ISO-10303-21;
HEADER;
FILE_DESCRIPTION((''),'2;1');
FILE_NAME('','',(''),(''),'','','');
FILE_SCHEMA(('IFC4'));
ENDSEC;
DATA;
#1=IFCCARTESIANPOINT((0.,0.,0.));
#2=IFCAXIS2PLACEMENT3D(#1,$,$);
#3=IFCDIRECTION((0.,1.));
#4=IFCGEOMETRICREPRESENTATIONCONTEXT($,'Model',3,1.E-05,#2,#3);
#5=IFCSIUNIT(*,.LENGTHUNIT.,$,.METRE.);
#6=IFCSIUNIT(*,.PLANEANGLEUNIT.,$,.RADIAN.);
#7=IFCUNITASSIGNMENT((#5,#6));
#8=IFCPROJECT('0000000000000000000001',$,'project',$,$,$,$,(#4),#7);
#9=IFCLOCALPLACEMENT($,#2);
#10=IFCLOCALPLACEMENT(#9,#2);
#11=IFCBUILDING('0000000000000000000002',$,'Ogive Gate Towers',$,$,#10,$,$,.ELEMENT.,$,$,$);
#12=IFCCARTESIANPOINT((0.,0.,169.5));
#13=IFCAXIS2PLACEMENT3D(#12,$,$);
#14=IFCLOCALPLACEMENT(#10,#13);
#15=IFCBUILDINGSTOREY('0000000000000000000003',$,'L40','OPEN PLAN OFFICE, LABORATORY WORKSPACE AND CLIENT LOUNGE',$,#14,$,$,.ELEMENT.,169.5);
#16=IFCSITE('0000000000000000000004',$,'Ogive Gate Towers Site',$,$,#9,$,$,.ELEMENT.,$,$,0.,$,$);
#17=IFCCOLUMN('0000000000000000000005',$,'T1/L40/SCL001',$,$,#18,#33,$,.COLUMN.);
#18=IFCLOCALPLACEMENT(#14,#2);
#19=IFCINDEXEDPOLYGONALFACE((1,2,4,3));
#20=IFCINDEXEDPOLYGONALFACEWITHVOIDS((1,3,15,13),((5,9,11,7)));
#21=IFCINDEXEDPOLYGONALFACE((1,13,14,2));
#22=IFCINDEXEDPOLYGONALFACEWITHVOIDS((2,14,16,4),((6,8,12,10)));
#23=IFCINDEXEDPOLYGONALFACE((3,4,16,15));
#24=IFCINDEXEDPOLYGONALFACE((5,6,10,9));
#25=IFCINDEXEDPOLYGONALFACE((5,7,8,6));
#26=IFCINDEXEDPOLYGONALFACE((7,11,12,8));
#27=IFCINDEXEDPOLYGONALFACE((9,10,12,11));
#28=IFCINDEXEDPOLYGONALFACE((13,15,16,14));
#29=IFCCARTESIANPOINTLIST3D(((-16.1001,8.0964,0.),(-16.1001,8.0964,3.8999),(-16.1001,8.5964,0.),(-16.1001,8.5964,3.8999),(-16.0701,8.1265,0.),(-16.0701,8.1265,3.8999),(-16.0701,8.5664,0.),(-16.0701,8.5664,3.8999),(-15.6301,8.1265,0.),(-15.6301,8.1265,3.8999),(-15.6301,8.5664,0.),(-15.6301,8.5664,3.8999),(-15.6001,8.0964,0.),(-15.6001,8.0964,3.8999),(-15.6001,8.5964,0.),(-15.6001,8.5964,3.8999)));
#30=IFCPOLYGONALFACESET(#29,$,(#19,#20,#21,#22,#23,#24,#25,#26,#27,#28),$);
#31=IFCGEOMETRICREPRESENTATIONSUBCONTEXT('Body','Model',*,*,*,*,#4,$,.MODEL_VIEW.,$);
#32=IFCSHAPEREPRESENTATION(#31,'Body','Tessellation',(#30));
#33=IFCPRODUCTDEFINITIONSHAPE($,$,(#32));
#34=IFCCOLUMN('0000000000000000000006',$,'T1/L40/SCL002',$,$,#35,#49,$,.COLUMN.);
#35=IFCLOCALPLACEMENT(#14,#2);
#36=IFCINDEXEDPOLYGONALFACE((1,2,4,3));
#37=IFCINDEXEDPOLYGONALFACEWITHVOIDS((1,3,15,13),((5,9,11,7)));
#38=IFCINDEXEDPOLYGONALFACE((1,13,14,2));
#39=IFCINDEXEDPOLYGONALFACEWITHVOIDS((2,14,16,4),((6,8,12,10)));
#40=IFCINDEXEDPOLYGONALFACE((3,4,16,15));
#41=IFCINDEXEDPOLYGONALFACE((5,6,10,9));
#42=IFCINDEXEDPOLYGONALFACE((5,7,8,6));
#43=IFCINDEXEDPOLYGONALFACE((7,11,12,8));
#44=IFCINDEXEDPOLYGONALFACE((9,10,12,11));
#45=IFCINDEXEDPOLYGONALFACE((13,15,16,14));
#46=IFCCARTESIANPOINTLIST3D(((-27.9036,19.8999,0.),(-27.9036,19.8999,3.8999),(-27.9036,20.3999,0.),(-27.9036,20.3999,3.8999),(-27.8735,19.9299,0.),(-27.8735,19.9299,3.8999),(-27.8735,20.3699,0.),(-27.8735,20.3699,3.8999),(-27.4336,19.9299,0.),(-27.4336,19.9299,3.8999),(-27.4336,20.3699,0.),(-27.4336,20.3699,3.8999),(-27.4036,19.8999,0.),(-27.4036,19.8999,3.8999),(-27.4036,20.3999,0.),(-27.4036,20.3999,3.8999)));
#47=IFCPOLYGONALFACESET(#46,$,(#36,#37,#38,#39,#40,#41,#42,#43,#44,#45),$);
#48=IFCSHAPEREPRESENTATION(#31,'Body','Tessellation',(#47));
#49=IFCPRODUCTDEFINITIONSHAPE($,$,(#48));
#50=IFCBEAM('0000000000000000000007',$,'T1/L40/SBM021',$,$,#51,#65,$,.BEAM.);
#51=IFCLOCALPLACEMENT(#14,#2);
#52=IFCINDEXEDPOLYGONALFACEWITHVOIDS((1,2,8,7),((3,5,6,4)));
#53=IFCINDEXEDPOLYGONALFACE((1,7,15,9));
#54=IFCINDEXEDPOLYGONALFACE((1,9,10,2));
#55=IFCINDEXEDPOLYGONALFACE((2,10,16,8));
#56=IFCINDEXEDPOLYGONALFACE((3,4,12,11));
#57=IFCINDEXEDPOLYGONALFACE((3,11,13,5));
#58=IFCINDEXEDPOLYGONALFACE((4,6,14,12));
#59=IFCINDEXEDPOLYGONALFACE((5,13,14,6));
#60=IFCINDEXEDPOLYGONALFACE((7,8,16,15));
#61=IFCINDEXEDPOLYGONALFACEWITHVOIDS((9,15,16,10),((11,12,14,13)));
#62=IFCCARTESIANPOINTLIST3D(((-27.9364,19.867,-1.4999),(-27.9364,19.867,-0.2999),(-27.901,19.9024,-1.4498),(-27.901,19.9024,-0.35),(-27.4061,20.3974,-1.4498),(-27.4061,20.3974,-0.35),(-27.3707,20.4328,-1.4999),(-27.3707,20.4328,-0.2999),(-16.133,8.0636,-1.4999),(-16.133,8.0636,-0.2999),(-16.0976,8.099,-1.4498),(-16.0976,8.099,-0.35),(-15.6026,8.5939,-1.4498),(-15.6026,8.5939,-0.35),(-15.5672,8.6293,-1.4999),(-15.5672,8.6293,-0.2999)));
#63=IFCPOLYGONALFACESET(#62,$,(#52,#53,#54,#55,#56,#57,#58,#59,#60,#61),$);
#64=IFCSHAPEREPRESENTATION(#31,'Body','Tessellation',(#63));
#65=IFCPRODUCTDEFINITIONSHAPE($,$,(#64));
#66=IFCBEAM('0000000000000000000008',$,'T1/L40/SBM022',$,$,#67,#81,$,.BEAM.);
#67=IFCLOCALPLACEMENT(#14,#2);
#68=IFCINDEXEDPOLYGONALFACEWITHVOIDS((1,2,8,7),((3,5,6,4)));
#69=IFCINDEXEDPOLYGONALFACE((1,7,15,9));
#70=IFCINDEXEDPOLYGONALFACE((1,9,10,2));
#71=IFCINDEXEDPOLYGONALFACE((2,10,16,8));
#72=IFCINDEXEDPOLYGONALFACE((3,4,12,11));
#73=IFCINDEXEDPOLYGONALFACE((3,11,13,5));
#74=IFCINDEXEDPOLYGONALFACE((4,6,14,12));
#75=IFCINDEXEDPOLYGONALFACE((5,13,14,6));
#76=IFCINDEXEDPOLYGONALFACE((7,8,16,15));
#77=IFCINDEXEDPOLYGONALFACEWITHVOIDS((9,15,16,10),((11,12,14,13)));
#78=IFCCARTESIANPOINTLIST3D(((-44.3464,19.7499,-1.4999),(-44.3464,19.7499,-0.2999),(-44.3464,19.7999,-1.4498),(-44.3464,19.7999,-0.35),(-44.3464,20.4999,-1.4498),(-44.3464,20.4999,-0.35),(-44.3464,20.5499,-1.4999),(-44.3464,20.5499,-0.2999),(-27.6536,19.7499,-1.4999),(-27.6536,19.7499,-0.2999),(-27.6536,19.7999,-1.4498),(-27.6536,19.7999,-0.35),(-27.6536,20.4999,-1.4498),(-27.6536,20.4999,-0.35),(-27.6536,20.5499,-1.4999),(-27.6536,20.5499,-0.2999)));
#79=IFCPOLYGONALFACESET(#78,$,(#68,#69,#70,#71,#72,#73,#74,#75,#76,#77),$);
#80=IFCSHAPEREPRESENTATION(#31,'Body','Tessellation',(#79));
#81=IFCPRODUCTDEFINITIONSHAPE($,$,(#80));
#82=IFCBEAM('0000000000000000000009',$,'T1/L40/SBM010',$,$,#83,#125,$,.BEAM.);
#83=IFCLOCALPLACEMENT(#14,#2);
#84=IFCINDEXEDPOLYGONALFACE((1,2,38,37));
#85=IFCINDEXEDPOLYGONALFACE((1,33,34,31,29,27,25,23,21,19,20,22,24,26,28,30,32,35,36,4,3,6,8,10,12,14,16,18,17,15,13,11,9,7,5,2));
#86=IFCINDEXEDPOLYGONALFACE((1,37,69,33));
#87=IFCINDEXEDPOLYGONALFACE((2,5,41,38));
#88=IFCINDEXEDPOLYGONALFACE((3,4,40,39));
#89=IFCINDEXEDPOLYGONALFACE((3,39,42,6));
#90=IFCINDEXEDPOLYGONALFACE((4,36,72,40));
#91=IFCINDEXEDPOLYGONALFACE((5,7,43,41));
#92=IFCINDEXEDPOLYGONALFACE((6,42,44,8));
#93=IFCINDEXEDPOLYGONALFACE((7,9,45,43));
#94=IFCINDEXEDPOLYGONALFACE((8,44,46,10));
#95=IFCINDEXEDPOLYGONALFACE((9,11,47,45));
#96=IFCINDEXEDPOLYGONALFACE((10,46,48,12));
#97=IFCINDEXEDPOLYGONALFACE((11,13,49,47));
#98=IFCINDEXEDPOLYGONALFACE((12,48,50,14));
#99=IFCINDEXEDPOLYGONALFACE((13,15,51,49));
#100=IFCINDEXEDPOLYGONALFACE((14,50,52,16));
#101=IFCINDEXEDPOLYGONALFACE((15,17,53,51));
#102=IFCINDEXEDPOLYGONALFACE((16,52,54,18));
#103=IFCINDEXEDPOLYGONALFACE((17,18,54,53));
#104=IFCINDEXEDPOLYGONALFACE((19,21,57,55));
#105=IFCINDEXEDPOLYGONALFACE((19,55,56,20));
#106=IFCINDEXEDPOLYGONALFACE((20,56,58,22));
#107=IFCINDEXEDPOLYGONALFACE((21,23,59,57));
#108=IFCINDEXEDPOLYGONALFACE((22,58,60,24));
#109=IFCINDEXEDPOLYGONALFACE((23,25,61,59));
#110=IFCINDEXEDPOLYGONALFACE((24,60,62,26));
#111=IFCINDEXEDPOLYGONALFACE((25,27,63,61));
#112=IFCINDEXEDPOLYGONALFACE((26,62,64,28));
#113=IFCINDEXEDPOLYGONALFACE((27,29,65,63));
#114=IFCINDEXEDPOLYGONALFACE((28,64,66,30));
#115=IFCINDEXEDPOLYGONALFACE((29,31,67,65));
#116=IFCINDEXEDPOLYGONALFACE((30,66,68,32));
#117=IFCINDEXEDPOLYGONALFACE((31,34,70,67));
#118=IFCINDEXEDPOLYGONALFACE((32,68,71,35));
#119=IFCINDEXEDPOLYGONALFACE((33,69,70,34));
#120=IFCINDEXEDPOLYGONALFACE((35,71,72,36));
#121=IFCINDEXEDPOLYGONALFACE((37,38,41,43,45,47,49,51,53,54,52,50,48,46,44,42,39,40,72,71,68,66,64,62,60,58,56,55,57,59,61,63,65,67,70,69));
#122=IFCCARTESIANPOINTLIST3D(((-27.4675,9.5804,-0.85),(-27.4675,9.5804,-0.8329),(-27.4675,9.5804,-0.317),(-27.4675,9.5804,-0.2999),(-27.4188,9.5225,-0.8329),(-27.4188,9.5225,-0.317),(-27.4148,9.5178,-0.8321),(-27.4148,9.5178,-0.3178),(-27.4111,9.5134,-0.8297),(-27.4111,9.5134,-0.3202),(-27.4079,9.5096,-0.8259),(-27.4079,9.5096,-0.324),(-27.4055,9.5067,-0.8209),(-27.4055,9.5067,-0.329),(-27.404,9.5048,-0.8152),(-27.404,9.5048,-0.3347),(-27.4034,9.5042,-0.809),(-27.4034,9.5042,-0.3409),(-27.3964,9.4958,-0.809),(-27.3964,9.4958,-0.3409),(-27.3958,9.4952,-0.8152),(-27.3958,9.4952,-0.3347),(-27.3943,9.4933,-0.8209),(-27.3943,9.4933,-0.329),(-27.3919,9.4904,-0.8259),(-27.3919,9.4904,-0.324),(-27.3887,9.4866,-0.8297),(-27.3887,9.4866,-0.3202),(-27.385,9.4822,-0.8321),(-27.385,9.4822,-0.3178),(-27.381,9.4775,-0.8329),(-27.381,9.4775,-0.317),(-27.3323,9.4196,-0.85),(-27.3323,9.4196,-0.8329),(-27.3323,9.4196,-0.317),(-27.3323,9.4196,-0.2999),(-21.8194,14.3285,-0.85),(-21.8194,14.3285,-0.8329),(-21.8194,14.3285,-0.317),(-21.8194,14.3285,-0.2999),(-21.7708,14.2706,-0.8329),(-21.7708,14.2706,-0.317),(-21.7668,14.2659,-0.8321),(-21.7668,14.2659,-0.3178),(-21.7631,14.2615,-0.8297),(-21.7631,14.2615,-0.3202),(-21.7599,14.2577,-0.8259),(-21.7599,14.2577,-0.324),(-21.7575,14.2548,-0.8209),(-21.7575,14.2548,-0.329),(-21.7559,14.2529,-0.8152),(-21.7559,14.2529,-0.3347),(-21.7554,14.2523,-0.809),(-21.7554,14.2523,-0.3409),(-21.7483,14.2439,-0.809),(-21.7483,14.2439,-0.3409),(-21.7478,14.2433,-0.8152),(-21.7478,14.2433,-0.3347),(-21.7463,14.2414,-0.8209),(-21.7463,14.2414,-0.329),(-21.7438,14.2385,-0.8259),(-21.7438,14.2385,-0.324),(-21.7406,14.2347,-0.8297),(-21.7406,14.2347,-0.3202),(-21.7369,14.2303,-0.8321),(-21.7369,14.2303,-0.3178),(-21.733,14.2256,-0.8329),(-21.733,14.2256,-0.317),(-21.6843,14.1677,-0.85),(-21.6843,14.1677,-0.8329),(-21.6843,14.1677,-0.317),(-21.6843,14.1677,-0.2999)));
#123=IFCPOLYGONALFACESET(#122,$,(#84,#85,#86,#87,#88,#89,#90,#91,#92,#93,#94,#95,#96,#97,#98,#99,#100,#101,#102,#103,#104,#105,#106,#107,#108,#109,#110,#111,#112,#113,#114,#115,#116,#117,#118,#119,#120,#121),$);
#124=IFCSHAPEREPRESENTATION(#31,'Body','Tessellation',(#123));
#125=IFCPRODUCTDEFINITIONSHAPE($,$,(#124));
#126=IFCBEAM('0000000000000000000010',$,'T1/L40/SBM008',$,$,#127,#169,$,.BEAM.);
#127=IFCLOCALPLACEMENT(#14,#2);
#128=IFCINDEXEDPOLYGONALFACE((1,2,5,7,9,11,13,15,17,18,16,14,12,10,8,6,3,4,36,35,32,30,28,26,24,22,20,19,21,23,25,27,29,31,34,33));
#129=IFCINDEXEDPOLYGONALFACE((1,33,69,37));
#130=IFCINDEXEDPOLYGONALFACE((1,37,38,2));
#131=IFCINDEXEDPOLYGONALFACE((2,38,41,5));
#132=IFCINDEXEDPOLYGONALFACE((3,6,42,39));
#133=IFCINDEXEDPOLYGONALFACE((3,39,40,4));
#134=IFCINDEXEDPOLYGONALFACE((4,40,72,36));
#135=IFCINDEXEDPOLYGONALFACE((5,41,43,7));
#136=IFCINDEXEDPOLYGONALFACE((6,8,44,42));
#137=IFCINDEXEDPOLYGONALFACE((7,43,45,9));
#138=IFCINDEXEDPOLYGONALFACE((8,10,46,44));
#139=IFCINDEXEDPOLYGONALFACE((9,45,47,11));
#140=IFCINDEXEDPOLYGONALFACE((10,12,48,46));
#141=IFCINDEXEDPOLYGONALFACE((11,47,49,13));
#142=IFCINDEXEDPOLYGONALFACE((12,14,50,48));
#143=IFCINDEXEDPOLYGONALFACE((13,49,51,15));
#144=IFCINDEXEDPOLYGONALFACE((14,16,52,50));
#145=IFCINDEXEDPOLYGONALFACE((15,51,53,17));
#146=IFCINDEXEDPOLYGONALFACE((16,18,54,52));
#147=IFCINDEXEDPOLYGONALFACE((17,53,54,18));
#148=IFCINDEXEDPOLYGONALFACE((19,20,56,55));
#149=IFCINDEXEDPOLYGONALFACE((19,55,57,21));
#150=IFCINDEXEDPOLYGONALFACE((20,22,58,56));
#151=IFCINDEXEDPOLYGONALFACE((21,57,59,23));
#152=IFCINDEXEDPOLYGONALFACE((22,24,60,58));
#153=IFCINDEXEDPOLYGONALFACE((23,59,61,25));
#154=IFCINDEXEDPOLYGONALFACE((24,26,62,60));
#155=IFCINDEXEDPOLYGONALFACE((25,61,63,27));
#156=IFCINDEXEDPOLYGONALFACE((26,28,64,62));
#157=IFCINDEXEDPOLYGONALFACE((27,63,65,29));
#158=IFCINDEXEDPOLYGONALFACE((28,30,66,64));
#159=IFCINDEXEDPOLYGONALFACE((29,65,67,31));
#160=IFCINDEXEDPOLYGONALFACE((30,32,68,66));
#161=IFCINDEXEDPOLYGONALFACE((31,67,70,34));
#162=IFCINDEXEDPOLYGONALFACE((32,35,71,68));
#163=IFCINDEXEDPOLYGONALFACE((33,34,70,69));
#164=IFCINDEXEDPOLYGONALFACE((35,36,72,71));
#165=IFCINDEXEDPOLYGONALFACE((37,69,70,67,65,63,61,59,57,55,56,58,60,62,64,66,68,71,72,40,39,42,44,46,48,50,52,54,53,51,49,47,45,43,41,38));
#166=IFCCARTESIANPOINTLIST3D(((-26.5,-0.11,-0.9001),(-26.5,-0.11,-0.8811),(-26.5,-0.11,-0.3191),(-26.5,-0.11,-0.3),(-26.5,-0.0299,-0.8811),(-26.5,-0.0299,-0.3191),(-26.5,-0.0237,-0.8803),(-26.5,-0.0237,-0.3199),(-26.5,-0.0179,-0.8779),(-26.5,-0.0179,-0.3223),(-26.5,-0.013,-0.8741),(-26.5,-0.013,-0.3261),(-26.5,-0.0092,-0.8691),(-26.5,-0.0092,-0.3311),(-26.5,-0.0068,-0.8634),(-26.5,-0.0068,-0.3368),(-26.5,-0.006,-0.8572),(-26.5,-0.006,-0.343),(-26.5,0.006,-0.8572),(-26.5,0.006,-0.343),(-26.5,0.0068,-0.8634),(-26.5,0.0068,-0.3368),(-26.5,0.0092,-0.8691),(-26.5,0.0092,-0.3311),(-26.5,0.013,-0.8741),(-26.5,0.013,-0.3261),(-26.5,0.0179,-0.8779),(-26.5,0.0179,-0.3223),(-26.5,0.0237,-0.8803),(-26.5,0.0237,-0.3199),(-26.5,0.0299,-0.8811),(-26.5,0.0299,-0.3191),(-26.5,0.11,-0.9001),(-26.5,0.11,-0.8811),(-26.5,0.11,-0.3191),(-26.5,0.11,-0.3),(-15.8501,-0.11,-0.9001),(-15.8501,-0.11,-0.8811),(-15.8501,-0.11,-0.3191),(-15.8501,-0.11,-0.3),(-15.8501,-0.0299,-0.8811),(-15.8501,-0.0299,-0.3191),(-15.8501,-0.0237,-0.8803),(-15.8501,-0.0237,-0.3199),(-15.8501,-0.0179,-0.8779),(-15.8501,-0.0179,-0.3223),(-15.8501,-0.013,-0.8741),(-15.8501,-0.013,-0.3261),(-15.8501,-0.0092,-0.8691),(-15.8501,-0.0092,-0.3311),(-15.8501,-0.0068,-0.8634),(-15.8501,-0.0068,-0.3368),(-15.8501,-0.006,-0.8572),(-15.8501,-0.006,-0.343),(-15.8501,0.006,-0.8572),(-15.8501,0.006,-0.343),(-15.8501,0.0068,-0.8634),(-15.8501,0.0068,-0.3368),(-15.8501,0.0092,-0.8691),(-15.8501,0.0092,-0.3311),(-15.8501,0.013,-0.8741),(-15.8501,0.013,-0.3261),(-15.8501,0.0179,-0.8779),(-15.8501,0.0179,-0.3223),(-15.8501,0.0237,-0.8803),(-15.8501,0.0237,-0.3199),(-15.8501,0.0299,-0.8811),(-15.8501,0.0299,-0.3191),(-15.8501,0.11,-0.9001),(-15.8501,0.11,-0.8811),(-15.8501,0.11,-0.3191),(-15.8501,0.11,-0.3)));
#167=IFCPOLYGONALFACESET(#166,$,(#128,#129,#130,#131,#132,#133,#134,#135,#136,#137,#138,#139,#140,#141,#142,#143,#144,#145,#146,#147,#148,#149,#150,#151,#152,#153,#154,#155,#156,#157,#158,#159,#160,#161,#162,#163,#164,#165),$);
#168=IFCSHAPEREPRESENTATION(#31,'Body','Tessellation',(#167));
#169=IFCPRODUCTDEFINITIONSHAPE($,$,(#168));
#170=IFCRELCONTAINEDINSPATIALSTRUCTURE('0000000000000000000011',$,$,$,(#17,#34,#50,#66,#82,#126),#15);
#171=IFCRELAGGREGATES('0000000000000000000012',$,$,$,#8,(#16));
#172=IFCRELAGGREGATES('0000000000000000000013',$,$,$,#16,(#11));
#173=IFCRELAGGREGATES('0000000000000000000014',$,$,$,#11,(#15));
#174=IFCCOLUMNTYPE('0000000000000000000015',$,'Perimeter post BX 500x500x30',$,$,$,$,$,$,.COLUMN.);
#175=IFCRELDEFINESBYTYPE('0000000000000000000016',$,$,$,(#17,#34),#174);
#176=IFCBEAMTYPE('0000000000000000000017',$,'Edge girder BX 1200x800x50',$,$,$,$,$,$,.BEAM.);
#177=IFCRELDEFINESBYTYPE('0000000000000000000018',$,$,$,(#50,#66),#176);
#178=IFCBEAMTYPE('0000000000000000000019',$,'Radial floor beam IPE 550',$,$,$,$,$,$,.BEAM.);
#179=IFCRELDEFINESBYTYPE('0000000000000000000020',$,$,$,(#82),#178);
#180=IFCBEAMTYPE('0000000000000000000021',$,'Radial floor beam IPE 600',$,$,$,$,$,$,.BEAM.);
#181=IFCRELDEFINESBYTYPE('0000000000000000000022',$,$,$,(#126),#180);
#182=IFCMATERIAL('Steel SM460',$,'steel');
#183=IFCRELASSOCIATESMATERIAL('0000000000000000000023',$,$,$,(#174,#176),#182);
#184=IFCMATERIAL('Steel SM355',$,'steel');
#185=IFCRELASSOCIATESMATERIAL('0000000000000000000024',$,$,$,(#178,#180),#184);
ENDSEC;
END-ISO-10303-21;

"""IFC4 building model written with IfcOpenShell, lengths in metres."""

from ifc_helpers import new_model, si_unit, direction, frame, origin, origin_2d, place, context, subcontext, project, spatial, hollow_rectangle, i_section, extrude, material, material_profile, profile_set, type_object, element, save


model = new_model("IFC4")

# Units and contexts
model_context = context("Model", 3, precision=1e-05, world=origin(), true_north=direction((0.0, 1.0)))
body_context = subcontext(model_context, "Body", "Model", "MODEL_VIEW")
ifc_project = project(units=[si_unit("LENGTHUNIT", "METRE"), si_unit("PLANEANGLEUNIT", "RADIAN")], contexts=[model_context])

# Site, building, storey
site_placement = place(None, origin())
site = spatial("IfcSite", under=ifc_project, at=site_placement, Name="Ogive Gate Towers Site", CompositionType="ELEMENT", RefElevation=0.0)
building_placement = place(site_placement, origin())
building = spatial("IfcBuilding", under=site, at=building_placement, Name="Ogive Gate Towers", CompositionType="ELEMENT")
storey_placement = place(building_placement, frame((0.0, 0.0, 169.5)))
storey = spatial("IfcBuildingStorey", under=building, at=storey_placement, Name="L40", Description="OPEN PLAN OFFICE, LABORATORY WORKSPACE AND CLIENT LOUNGE", CompositionType="ELEMENT", Elevation=169.5)

# Columns
ifc_material_1 = material(Name="Steel SM460", Category="steel")
ifc_material_profile_1 = material_profile(ifc_material_1, hollow_rectangle(XDim=0.5, YDim=0.5, WallThickness=0.03, at=origin_2d()), Name="BX 500x500x30")
ifc_profile_set_1 = profile_set([ifc_material_profile_1], Name="Steel SM460")
column_type = type_object("IfcColumnType", Name="Perimeter post BX 500x500x30", PredefinedType="COLUMN", material=ifc_profile_set_1)
for number, where, z_axis, x_axis, name in (
    (1, (-15.8501, 8.3464, 0.0), (0.0, 0.0, 1.0), (1.0, 0.0, 0.0), "T1/L40/SCL001"),
    (2, (-27.6536, 20.1499, 0.0), (0.0, 0.0, 1.0), (1.0, 0.0, 0.0), "T1/L40/SCL002"),
):
    element("IfcColumn", number, at=place(storey_placement, frame(where, z_axis=z_axis, x_axis=x_axis)), inside=storey, type_object=column_type, Name=name, PredefinedType="COLUMN", context=body_context, shape_type="SweptSolid", body=[
        extrude(hollow_rectangle(XDim=0.5, YDim=0.5, WallThickness=0.03, at=origin_2d()), origin(), (0.0, 0.0, 1.0), 3.8999),
    ])

# Beams
ifc_material_profile_2 = material_profile(ifc_material_1, hollow_rectangle(XDim=0.8, YDim=1.2, WallThickness=0.05, at=origin_2d()), Name="BX 1200x800x50")
ifc_profile_set_2 = profile_set([ifc_material_profile_2], Name="Steel SM460")
beam_type_1 = type_object("IfcBeamType", Name="Edge girder BX 1200x800x50", PredefinedType="BEAM", material=ifc_profile_set_2)
beam_1_placement = place(storey_placement, frame((-15.8501, 8.3464, -0.8999), z_axis=(-0.707107, 0.707107, 0.0), x_axis=(-0.707107, -0.707107, 0.0)))
element("IfcBeam", 3, at=beam_1_placement, inside=storey, type_object=beam_type_1, Name="T1/L40/SBM021", PredefinedType="BEAM", context=body_context, shape_type="SweptSolid", body=[
    extrude(hollow_rectangle(XDim=0.8, YDim=1.2, WallThickness=0.05, at=origin_2d()), origin(), (0.0, 0.0, 1.0), 16.6926),
])
beam_2_placement = place(storey_placement, frame((-27.6536, 20.1499, -0.8999), z_axis=(-1.0, 0.0, 0.0), x_axis=(0.0, -1.0, 0.0)))
element("IfcBeam", 4, at=beam_2_placement, inside=storey, type_object=beam_type_1, Name="T1/L40/SBM022", PredefinedType="BEAM", context=body_context, shape_type="SweptSolid", body=[
    extrude(hollow_rectangle(XDim=0.8, YDim=1.2, WallThickness=0.05, at=origin_2d()), origin(), (0.0, 0.0, 1.0), 16.6929),
])
ifc_material_2 = material(Name="Steel SM355", Category="steel")
ifc_material_profile_3 = material_profile(ifc_material_2, i_section(OverallWidth=0.21, OverallDepth=0.55, WebThickness=0.011, FlangeThickness=0.0171, FilletRadius=0.0239, at=origin_2d()), Name="IPE 550")
ifc_profile_set_3 = profile_set([ifc_material_profile_3], Name="Steel SM355")
beam_type_2 = type_object("IfcBeamType", Name="Radial floor beam IPE 550", PredefinedType="BEAM", material=ifc_profile_set_3)
beam_3_placement = place(storey_placement, frame((-27.3999, 9.5, -0.575), z_axis=(0.765453, 0.643492, 0.0), x_axis=(-0.643492, 0.765453, 0.0)))
element("IfcBeam", 5, at=beam_3_placement, inside=storey, type_object=beam_type_2, Name="T1/L40/SBM010", PredefinedType="BEAM", context=body_context, shape_type="SweptSolid", body=[
    extrude(i_section(OverallWidth=0.21, OverallDepth=0.55, WebThickness=0.011, FlangeThickness=0.0171, FilletRadius=0.0239, at=origin_2d()), origin(), (0.0, 0.0, 1.0), 7.3787),
])
ifc_material_profile_4 = material_profile(ifc_material_2, i_section(OverallWidth=0.22, OverallDepth=0.6001, WebThickness=0.012, FlangeThickness=0.019, FilletRadius=0.0239, at=origin_2d()), Name="IPE 600")
ifc_profile_set_4 = profile_set([ifc_material_profile_4], Name="Steel SM355")
beam_type_3 = type_object("IfcBeamType", Name="Radial floor beam IPE 600", PredefinedType="BEAM", material=ifc_profile_set_4)
beam_4_placement = place(storey_placement, frame((-26.5, 0.0, -0.6001), z_axis=(1.0, 0.0, 0.0), x_axis=(0.0, 1.0, 0.0)))
element("IfcBeam", 6, at=beam_4_placement, inside=storey, type_object=beam_type_3, Name="T1/L40/SBM008", PredefinedType="BEAM", context=body_context, shape_type="SweptSolid", body=[
    extrude(i_section(OverallWidth=0.22, OverallDepth=0.6001, WebThickness=0.012, FlangeThickness=0.019, FilletRadius=0.0239, at=origin_2d()), origin(), (0.0, 0.0, 1.0), 10.6499),
])

save(model, "model.ifc")
